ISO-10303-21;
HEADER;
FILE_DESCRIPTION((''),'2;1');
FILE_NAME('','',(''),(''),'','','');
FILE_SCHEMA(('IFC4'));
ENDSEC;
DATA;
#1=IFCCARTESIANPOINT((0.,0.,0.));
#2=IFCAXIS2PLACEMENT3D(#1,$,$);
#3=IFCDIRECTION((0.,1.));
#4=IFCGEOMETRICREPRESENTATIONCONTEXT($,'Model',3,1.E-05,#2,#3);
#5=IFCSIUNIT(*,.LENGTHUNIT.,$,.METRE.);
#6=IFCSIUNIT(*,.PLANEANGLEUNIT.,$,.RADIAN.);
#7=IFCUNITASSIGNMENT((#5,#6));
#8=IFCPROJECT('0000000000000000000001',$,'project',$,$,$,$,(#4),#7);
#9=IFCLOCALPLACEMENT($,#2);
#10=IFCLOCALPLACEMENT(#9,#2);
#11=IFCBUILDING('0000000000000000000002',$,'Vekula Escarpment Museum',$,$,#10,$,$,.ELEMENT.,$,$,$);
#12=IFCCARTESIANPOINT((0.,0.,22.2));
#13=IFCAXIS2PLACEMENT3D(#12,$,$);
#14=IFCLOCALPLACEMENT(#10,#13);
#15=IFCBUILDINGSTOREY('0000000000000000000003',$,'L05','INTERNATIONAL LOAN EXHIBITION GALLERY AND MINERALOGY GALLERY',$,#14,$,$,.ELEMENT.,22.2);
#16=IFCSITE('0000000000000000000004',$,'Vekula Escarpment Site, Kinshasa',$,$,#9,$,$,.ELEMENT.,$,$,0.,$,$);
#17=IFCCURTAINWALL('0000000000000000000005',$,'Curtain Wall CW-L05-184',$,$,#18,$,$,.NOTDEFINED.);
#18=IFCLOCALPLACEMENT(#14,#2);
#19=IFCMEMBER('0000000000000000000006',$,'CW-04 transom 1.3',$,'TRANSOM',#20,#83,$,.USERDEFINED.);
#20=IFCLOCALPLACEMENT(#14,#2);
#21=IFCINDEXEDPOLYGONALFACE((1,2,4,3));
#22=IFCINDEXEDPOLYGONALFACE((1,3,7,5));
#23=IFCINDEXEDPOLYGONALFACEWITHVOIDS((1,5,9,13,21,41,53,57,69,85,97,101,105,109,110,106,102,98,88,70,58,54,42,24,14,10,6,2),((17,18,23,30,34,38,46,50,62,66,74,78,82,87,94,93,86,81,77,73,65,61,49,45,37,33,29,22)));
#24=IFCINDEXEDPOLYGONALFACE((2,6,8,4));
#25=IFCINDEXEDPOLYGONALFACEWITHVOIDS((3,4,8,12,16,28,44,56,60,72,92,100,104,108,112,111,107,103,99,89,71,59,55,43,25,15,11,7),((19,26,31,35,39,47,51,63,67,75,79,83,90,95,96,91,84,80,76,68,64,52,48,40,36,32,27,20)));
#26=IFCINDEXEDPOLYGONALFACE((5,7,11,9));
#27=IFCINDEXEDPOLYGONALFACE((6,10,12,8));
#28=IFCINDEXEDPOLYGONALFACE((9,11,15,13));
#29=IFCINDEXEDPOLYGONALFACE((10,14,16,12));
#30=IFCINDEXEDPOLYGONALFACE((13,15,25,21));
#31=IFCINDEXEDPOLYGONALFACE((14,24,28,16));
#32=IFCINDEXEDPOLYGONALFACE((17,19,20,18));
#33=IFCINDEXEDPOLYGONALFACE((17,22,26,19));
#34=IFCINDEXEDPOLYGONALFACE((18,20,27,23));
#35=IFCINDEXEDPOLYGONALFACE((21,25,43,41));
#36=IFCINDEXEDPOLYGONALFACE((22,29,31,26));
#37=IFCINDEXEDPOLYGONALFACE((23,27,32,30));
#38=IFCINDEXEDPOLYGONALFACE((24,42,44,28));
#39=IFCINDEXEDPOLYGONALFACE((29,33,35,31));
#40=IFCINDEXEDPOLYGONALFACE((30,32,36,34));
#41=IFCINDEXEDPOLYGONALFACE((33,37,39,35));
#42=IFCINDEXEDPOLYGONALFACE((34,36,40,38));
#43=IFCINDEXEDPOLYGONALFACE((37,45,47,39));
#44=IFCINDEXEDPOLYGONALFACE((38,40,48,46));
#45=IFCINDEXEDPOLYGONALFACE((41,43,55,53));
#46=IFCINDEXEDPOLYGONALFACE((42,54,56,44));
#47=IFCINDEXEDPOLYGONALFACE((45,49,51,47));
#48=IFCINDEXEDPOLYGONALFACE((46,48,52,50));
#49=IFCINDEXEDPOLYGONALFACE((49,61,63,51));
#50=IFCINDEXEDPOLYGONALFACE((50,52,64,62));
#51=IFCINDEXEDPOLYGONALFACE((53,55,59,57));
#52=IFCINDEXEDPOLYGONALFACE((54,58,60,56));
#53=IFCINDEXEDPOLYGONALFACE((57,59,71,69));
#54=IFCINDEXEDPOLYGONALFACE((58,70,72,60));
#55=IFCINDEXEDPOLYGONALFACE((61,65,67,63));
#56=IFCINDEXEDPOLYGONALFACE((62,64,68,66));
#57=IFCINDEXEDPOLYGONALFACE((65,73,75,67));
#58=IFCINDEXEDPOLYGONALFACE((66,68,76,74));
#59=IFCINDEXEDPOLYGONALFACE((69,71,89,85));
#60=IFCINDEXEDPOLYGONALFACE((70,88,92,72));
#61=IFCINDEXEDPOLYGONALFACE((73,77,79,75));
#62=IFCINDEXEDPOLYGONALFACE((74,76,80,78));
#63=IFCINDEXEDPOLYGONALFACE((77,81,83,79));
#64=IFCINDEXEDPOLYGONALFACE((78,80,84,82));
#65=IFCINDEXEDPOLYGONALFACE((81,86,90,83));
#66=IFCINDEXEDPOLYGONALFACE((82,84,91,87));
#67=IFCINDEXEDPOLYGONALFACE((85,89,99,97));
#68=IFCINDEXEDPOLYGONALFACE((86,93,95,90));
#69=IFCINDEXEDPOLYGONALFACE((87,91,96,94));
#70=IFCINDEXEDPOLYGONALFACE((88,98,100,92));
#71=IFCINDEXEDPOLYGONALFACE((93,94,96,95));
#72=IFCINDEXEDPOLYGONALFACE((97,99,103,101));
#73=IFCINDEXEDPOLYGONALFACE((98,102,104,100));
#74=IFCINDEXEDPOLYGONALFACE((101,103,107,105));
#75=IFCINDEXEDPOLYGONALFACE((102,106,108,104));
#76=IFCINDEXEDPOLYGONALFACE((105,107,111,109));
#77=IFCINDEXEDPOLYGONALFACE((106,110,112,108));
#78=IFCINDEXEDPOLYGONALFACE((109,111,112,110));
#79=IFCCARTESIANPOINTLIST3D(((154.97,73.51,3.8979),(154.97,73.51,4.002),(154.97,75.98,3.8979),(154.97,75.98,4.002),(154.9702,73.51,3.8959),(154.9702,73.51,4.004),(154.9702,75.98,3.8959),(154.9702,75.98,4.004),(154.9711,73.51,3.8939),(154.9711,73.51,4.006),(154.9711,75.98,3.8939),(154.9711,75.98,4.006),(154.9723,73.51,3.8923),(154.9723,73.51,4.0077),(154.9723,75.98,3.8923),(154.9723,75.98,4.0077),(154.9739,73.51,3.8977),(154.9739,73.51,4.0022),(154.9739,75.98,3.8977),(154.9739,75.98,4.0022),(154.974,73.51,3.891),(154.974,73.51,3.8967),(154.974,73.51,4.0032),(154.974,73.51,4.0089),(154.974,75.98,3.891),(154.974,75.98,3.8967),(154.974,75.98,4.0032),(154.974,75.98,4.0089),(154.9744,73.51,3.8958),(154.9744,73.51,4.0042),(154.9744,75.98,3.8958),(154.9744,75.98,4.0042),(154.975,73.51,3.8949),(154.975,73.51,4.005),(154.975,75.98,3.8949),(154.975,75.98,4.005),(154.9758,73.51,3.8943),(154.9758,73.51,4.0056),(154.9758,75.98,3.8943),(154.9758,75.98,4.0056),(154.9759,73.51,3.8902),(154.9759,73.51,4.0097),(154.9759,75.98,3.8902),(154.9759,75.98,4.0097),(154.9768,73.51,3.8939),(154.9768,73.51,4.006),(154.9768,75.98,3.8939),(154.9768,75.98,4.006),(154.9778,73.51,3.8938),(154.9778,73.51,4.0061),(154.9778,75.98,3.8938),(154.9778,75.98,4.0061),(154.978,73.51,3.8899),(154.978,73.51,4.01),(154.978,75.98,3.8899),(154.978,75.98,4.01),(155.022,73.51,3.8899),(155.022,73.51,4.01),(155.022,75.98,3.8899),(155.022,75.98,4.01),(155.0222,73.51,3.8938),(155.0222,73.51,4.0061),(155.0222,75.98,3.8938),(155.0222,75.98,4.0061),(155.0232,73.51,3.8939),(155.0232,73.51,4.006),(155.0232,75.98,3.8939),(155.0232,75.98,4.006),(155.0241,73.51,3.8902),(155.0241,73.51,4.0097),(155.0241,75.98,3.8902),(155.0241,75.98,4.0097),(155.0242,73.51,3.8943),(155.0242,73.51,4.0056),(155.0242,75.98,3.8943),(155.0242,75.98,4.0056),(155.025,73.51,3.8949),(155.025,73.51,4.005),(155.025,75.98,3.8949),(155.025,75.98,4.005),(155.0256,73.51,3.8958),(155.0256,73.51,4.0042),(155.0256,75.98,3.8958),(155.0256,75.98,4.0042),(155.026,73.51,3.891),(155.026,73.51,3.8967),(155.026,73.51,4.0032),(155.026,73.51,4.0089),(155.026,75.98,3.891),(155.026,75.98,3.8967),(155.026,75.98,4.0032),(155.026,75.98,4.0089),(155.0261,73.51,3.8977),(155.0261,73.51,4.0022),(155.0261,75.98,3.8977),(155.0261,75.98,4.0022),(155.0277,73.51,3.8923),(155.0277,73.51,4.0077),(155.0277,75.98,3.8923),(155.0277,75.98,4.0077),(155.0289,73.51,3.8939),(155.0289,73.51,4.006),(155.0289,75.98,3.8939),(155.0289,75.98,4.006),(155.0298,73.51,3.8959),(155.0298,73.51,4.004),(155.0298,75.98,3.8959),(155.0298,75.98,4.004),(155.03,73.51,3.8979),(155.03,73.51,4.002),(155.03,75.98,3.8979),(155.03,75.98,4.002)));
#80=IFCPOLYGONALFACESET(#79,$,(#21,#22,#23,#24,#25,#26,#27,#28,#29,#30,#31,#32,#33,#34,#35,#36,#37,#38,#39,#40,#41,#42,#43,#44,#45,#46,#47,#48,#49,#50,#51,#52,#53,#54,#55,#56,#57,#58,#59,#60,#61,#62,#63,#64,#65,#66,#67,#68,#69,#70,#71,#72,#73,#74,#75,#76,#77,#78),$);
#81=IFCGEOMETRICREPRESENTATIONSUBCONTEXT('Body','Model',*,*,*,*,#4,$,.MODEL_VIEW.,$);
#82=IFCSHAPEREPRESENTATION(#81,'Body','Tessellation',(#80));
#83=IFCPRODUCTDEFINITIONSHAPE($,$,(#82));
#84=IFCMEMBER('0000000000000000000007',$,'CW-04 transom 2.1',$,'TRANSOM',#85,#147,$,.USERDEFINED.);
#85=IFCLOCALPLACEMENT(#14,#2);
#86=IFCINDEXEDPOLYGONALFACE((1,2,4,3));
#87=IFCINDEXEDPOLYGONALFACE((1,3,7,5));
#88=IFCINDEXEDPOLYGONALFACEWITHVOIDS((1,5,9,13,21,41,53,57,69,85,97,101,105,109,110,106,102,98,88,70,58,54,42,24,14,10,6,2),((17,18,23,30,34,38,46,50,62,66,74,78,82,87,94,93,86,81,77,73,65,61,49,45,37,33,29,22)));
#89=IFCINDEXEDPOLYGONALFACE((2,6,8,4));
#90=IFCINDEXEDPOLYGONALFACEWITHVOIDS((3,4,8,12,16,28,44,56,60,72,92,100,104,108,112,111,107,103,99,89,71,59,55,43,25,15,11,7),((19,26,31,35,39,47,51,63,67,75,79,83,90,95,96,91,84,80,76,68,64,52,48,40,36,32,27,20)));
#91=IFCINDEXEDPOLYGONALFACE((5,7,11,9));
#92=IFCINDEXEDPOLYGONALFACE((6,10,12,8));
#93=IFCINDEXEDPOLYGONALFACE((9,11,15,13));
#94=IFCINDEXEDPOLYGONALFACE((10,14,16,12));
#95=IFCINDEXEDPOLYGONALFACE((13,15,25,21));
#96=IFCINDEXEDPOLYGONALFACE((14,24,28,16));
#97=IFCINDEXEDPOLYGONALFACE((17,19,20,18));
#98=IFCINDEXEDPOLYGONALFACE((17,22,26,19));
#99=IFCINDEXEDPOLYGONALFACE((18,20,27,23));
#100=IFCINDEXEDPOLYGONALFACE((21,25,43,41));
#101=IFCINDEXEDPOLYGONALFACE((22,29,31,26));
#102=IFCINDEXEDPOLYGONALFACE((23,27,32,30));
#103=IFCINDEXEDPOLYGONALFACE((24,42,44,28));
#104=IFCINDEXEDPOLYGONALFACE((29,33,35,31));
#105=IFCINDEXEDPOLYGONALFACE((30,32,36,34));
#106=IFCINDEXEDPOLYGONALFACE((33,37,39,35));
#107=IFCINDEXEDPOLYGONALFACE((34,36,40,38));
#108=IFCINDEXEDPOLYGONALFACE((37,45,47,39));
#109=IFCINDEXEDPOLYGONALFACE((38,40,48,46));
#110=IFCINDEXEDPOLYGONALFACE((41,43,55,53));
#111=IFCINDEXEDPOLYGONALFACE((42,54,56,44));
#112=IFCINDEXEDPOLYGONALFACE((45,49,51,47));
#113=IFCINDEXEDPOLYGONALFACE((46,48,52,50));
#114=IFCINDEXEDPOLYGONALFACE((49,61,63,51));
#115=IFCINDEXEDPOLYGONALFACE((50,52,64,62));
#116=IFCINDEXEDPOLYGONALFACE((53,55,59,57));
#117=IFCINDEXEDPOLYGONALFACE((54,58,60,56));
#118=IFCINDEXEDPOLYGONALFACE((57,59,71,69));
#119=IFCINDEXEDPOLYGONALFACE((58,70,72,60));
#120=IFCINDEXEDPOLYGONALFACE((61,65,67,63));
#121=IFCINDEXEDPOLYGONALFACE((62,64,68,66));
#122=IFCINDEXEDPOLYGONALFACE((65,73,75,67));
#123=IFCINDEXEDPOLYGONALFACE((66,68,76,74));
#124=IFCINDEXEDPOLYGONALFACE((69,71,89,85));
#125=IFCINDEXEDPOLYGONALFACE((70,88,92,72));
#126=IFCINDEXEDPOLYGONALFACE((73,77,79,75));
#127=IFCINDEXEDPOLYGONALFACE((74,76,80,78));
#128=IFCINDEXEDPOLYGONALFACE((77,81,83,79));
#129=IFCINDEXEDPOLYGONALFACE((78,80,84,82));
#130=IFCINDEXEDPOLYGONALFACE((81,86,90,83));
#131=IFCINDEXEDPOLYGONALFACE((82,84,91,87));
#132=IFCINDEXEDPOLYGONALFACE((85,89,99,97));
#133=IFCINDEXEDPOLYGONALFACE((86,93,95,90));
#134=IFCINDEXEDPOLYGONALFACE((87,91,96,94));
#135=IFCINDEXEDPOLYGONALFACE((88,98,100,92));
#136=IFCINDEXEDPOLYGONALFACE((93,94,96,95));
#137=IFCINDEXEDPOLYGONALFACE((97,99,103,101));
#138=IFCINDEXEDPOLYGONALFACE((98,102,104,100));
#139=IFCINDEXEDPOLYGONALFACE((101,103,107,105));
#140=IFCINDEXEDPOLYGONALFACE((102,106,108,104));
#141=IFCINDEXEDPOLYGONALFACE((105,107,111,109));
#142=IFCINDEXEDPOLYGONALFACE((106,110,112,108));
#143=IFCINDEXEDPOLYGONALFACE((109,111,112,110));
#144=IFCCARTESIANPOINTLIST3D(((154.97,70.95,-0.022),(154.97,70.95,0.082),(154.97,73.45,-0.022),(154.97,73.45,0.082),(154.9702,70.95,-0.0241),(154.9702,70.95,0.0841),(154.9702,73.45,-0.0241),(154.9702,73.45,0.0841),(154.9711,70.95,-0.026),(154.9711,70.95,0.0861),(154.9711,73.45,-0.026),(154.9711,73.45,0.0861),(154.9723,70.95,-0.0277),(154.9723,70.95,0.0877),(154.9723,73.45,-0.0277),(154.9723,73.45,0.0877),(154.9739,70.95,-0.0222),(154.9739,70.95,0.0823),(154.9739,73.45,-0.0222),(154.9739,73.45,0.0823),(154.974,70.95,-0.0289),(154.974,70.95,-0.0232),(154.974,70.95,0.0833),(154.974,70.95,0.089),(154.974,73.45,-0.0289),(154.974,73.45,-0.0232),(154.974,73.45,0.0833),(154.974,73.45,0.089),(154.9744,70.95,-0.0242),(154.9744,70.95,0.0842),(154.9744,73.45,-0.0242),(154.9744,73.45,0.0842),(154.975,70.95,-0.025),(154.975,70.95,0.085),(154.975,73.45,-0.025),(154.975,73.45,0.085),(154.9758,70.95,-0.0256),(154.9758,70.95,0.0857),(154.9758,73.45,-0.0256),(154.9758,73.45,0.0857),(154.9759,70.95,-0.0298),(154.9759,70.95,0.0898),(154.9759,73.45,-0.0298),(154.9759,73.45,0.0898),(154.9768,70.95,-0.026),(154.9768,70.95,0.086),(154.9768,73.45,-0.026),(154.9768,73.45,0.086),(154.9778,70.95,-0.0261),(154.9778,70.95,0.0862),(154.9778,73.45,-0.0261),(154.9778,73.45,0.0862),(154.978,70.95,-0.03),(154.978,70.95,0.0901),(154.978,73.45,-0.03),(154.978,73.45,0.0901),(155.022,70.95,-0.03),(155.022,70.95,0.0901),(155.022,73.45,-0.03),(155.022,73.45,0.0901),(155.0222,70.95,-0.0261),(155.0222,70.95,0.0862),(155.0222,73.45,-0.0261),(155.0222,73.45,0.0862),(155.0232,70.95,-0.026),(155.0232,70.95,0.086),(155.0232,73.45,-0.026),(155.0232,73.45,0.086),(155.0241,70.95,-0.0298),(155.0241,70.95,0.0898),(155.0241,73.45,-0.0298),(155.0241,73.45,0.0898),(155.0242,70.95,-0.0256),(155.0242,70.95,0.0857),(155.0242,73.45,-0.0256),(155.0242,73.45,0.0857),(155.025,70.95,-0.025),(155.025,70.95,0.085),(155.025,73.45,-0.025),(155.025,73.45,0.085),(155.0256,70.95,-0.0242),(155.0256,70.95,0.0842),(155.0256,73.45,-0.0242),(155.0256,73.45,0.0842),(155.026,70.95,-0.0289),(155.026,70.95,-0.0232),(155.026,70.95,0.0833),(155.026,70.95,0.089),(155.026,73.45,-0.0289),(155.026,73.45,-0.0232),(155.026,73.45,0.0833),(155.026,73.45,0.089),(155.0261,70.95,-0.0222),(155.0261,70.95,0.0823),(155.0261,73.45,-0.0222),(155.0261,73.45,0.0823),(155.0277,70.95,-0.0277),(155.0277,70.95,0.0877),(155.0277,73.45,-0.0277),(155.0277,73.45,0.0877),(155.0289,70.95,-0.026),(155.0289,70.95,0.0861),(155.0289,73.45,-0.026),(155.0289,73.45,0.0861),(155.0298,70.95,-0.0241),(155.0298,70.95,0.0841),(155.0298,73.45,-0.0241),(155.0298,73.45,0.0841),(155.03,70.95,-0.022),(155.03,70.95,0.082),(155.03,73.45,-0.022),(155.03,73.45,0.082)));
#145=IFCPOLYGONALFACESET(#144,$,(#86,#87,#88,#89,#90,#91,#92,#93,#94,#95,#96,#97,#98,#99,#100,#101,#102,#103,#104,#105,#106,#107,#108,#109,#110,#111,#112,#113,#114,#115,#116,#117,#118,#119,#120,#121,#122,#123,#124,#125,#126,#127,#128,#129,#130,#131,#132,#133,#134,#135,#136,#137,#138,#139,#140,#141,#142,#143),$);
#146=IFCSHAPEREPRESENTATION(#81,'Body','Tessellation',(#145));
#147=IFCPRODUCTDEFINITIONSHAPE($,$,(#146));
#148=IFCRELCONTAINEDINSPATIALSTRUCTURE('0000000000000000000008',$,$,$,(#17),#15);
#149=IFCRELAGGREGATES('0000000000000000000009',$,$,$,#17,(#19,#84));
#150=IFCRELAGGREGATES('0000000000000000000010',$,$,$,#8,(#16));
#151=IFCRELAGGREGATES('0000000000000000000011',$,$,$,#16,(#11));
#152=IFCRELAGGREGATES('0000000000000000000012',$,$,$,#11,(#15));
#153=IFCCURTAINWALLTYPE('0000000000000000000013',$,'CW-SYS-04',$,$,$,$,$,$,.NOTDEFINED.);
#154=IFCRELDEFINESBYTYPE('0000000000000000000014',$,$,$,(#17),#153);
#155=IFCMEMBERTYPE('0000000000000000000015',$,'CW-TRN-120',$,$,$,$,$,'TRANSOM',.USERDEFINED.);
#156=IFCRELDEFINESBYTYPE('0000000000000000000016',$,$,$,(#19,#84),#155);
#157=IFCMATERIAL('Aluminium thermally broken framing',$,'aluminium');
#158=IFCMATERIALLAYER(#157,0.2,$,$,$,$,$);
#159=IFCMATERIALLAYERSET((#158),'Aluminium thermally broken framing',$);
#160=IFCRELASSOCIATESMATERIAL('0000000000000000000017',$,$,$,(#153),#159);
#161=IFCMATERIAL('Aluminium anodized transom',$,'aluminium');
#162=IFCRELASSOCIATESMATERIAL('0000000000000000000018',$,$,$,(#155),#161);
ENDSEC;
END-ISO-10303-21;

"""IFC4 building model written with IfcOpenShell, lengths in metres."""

from ifc_helpers import new_model, si_unit, direction, frame, origin, origin_2d, place, context, subcontext, project, spatial, hollow_rectangle, extrude, material, layer, layer_set, material_profile, profile_set, type_object, element, aggregate, save


model = new_model("IFC4")

# Units and contexts
model_context = context("Model", 3, precision=1e-05, world=origin(), true_north=direction((0.0, 1.0)))
body_context = subcontext(model_context, "Body", "Model", "MODEL_VIEW")
ifc_project = project(units=[si_unit("LENGTHUNIT", "METRE"), si_unit("PLANEANGLEUNIT", "RADIAN")], contexts=[model_context])

# Site, building, storey
site_placement = place(None, origin())
site = spatial("IfcSite", under=ifc_project, at=site_placement, Name="Vekula Escarpment Site, Kinshasa", CompositionType="ELEMENT", RefElevation=0.0)
building_placement = place(site_placement, origin())
building = spatial("IfcBuilding", under=site, at=building_placement, Name="Vekula Escarpment Museum", CompositionType="ELEMENT")
storey_placement = place(building_placement, frame((0.0, 0.0, 22.2)))
storey = spatial("IfcBuildingStorey", under=building, at=storey_placement, Name="L05", Description="INTERNATIONAL LOAN EXHIBITION GALLERY AND MINERALOGY GALLERY", CompositionType="ELEMENT", Elevation=22.2)

# Curtain wall, members
ifc_material_1 = material(Name="Aluminium thermally broken framing", Category="aluminium")
ifc_layer_1 = layer(ifc_material_1, 0.2)
ifc_layer_set_1 = layer_set([ifc_layer_1], Name="Aluminium thermally broken framing")
curtain_wall_type = type_object("IfcCurtainWallType", Name="CW-SYS-04", PredefinedType="NOTDEFINED", material=ifc_layer_set_1)
curtain_wall_placement = place(storey_placement, origin())
curtain_wall = element("IfcCurtainWall", 1, at=curtain_wall_placement, inside=storey, type_object=curtain_wall_type, Name="Curtain Wall CW-L05-184", PredefinedType="NOTDEFINED")
ifc_material_2 = material(Name="Aluminium anodized transom", Category="aluminium")
ifc_material_profile_1 = material_profile(ifc_material_2, hollow_rectangle(XDim=0.0601, YDim=0.1201, WallThickness=0.0039, InnerFilletRadius=0.0039, OuterFilletRadius=0.0081, at=origin_2d()), Name="ALU 120x60x4")
ifc_profile_set_1 = profile_set([ifc_material_profile_1], Name="Aluminium anodized transom")
member_type_1 = type_object("IfcMemberType", Name="CW-TRN-120", ElementType="TRANSOM", PredefinedType="USERDEFINED", material=ifc_profile_set_1)
member_1_placement = place(storey_placement, frame((155.0, 75.98, 3.95), z_axis=(0.0, -1.0, 0.0), x_axis=(1.0, 0.0, 0.0)))
member_1 = element("IfcMember", 2, at=member_1_placement, type_object=member_type_1, Name="CW-04 transom 1.3", ObjectType="TRANSOM", PredefinedType="USERDEFINED", context=body_context, shape_type="SweptSolid", body=[
    extrude(hollow_rectangle(XDim=0.0601, YDim=0.1201, WallThickness=0.0039, InnerFilletRadius=0.0039, OuterFilletRadius=0.0081, at=origin_2d()), origin(), (0.0, 0.0, 1.0), 2.47),
])
member_2_placement = place(storey_placement, frame((155.0, 73.45, 0.03), z_axis=(0.0, -1.0, 0.0), x_axis=(1.0, 0.0, 0.0)))
member_2 = element("IfcMember", 3, at=member_2_placement, type_object=member_type_1, Name="CW-04 transom 2.1", ObjectType="TRANSOM", PredefinedType="USERDEFINED", context=body_context, shape_type="SweptSolid", body=[
    extrude(hollow_rectangle(XDim=0.0601, YDim=0.1201, WallThickness=0.0039, InnerFilletRadius=0.0039, OuterFilletRadius=0.0081, at=origin_2d()), origin(), (0.0, 0.0, 1.0), 2.5),
])
aggregate(curtain_wall, [member_1, member_2])

save(model, "model.ifc")
